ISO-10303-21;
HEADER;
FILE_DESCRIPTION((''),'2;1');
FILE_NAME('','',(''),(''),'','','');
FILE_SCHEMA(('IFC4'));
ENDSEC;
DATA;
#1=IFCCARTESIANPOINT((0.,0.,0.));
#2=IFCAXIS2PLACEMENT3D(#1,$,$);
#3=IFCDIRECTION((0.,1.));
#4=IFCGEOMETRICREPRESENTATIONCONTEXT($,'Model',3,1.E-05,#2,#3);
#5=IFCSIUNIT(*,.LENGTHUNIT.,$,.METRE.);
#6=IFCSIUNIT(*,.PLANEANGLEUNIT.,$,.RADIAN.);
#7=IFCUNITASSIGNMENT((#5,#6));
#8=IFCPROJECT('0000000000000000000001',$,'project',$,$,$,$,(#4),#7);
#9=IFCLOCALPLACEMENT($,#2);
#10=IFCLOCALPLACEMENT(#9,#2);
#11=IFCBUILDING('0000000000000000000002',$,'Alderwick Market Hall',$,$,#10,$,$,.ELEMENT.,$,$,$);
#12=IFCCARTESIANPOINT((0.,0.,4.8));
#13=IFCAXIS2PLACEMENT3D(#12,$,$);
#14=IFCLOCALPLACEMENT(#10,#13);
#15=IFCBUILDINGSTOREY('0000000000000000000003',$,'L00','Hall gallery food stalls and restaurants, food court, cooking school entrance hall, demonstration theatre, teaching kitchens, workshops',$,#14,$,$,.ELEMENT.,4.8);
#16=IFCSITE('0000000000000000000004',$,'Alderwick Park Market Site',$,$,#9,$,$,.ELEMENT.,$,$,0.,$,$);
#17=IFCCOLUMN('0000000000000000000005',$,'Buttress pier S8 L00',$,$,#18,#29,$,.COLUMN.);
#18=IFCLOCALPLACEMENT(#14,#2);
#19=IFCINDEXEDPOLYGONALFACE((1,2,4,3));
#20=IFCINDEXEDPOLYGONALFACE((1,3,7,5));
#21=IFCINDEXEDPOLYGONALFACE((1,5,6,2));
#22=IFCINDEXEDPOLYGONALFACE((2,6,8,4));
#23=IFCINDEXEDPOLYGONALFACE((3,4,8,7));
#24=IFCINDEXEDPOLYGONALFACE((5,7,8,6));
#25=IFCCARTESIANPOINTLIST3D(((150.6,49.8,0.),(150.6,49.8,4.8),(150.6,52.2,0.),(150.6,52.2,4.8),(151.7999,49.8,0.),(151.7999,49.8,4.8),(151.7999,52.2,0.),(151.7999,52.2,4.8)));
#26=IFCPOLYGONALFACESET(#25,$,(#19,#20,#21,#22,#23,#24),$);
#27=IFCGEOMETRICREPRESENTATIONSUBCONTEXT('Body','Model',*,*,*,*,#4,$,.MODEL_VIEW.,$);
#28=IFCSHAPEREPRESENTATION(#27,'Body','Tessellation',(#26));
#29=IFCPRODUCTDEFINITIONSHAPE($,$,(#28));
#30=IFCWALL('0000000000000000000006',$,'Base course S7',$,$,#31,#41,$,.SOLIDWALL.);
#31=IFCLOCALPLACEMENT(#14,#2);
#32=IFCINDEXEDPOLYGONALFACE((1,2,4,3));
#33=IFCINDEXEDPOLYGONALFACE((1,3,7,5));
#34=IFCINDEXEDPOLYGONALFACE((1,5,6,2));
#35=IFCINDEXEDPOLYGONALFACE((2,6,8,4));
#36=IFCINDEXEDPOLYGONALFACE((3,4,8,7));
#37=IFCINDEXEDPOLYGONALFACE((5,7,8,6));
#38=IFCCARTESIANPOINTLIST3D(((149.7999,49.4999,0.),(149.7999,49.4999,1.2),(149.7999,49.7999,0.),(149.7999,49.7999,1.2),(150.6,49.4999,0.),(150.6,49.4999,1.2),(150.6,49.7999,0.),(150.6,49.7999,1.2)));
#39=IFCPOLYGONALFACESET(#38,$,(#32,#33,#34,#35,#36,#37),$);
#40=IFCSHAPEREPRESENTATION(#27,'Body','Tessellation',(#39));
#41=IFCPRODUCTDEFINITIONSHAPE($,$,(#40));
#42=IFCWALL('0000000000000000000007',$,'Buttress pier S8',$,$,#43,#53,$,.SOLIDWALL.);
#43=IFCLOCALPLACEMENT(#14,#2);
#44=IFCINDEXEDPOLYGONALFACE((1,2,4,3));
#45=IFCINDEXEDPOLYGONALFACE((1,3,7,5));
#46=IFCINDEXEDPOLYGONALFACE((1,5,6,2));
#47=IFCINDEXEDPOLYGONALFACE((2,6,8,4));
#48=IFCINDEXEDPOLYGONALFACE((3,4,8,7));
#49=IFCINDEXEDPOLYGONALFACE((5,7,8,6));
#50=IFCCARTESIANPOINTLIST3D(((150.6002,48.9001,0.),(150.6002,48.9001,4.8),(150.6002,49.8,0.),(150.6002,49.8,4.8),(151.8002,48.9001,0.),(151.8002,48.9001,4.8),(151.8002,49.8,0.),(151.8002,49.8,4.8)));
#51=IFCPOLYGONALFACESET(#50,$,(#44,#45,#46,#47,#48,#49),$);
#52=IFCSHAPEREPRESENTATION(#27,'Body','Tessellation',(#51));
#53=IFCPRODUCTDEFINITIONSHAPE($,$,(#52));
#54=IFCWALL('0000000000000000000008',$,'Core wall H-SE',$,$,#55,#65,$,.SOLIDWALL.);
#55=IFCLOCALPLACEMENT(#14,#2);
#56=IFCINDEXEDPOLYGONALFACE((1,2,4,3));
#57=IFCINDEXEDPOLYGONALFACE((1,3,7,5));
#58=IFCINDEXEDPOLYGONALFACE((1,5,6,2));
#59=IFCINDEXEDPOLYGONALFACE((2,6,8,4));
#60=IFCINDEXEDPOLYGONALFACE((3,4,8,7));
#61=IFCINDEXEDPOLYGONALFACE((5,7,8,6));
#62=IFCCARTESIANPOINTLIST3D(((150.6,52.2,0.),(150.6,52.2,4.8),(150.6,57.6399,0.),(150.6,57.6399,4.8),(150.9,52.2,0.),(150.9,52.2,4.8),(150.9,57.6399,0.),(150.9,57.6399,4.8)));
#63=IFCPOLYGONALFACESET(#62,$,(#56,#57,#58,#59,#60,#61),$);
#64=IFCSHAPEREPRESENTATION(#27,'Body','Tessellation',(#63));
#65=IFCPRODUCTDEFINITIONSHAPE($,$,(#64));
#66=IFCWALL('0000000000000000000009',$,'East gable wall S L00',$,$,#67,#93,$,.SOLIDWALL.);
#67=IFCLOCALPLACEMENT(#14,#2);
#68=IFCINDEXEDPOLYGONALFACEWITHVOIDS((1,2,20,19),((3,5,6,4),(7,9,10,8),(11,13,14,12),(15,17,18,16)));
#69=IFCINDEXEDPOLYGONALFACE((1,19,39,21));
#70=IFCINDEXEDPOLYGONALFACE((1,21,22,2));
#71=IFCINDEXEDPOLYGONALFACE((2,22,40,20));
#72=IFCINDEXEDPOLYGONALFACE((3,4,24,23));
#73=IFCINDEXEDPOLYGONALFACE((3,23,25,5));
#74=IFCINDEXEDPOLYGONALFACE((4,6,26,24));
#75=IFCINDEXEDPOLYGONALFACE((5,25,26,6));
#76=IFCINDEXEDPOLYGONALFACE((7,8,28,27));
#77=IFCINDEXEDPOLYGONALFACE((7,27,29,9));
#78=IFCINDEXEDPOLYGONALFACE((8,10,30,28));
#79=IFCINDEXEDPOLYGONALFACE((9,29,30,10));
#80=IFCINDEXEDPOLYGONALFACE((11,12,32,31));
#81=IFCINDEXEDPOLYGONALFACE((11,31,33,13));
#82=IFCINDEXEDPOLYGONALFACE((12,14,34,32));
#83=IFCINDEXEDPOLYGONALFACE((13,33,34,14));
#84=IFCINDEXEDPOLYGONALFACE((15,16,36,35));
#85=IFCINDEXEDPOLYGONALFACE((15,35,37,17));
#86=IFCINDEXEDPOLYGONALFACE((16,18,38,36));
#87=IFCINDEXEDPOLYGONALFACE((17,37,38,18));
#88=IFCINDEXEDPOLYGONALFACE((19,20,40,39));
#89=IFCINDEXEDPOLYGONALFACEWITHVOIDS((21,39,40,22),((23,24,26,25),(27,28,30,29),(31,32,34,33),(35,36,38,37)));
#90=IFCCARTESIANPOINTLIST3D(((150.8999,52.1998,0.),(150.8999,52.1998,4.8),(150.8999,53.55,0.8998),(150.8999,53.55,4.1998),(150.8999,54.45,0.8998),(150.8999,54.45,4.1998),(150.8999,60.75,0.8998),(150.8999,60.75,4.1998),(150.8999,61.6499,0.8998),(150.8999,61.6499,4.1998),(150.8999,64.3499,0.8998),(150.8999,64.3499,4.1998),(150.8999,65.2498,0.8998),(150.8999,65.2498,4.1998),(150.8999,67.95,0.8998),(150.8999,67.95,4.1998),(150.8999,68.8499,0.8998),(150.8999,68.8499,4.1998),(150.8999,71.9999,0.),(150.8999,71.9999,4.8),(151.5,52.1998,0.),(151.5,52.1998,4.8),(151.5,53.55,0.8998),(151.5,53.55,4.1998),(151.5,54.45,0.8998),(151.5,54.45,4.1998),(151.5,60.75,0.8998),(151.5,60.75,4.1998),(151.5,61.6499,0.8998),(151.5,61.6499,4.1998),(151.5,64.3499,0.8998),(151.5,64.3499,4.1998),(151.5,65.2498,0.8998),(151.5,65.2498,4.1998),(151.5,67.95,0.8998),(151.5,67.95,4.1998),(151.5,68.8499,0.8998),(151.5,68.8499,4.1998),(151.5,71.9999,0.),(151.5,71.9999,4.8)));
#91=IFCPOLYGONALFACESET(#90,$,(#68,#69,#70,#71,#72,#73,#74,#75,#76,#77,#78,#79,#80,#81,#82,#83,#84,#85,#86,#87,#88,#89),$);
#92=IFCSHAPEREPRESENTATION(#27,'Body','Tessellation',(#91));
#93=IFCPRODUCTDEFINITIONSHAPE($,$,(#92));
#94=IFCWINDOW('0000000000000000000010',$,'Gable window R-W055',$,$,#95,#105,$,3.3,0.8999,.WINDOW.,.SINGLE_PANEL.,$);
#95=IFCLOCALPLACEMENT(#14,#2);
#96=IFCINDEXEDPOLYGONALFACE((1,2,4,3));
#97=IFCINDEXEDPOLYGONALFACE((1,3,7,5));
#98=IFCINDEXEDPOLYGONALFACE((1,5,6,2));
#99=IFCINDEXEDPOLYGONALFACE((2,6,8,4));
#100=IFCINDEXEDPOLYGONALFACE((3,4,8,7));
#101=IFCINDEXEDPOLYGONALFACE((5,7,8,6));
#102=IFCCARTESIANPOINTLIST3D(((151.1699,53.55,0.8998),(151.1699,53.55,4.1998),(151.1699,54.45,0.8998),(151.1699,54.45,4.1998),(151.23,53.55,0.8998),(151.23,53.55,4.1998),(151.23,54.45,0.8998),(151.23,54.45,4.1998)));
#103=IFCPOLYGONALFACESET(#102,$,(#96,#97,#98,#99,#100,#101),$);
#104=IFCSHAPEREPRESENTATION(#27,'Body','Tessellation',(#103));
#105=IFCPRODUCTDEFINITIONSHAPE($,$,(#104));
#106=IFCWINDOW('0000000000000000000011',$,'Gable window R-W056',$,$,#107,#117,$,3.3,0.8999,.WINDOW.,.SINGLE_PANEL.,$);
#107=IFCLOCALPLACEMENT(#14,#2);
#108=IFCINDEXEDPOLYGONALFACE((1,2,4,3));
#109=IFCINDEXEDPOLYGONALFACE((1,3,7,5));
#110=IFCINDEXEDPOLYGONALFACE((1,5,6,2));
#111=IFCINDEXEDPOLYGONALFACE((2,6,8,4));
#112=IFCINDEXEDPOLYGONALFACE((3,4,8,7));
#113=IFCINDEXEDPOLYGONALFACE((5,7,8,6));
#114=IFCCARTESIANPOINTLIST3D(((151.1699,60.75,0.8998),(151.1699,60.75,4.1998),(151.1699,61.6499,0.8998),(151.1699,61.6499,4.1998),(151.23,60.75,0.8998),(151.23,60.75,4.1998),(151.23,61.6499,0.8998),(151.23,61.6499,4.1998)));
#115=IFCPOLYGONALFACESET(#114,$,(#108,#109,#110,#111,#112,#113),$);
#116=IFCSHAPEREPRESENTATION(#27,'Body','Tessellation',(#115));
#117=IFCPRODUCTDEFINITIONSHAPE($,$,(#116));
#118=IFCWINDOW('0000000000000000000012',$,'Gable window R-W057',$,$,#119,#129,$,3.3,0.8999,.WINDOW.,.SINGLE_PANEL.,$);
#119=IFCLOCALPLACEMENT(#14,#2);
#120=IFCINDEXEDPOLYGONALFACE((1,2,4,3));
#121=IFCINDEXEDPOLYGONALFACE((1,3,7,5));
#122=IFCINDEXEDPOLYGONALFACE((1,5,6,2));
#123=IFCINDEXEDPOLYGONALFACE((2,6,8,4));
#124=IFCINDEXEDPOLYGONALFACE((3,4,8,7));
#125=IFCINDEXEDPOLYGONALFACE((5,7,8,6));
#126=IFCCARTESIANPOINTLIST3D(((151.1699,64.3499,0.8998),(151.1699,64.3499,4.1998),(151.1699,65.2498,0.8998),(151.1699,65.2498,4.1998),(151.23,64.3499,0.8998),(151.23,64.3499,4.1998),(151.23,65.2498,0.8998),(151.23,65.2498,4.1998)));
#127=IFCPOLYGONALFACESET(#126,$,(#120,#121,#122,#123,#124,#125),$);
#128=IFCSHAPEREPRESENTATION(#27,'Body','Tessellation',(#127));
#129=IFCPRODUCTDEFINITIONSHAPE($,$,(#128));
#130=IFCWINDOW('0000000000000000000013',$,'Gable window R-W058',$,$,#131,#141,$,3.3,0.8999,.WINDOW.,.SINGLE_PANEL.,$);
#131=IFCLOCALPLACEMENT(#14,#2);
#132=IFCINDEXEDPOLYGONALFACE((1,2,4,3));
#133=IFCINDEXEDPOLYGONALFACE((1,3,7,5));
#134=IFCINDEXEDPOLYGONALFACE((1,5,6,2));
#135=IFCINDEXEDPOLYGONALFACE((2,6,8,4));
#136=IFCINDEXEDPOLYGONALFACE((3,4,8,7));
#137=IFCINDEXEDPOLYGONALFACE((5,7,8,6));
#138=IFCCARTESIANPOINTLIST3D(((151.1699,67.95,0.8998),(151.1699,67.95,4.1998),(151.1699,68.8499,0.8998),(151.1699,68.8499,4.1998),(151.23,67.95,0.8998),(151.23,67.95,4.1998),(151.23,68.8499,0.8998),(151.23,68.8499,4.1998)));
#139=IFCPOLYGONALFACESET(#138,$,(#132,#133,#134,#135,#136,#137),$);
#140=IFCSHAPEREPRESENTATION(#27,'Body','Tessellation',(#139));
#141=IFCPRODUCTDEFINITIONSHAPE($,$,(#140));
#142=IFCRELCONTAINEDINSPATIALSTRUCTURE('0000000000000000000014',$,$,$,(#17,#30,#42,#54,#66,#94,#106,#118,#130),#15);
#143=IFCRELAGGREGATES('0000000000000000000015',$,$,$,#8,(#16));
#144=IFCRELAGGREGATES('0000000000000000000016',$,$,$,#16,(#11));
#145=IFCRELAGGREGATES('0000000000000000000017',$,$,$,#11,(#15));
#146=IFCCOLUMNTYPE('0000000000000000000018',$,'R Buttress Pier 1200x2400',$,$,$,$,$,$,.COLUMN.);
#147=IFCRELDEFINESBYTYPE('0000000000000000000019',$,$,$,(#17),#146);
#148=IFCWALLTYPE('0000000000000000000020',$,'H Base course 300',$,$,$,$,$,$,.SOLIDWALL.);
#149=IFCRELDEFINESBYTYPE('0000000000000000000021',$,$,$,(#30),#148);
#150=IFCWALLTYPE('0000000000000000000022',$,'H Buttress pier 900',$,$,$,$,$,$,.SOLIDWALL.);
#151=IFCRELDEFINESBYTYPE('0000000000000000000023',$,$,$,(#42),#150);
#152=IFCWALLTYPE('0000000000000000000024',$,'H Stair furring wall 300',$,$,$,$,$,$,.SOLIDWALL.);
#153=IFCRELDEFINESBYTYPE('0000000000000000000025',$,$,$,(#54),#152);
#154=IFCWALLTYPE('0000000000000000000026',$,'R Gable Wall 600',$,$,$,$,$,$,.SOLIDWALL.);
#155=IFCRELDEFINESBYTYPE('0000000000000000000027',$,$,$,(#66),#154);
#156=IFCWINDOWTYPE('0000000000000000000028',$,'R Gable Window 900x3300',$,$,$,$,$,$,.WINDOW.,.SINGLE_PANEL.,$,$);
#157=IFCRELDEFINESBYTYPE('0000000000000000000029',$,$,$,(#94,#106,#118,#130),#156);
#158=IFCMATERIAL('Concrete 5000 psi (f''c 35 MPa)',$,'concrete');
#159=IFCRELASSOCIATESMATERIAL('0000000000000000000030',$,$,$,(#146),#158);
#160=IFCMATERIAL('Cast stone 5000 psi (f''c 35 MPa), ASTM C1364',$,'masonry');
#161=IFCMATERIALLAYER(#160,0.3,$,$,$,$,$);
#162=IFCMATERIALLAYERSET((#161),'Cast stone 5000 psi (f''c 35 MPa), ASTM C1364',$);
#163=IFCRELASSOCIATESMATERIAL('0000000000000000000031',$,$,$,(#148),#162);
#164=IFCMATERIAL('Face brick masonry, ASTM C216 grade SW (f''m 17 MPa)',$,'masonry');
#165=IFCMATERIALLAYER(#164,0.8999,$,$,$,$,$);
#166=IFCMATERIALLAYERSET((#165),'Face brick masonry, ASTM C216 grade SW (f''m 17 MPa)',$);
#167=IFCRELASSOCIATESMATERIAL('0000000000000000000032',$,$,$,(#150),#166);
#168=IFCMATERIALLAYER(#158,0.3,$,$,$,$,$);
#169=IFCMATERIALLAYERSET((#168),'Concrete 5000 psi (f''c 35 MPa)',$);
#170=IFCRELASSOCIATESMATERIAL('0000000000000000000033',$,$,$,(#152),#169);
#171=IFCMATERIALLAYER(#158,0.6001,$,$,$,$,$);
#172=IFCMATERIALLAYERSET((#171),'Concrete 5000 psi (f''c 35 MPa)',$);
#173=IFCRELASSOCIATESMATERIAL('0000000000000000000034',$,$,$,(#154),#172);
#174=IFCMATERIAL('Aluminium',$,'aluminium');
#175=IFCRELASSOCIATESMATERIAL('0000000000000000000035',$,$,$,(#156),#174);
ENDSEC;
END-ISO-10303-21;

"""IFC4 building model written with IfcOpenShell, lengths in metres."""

from ifc_helpers import new_model, si_unit, direction, frame, frame_2d, origin, origin_2d, place, context, subcontext, project, spatial, rectangle, extrude, material, layer, layer_set, material_profile, profile_set, type_object, element, fill, save


model = new_model("IFC4")

# Units and contexts
model_context = context("Model", 3, precision=1e-05, world=origin(), true_north=direction((0.0, 1.0)))
body_context = subcontext(model_context, "Body", "Model", "MODEL_VIEW")
ifc_project = project(units=[si_unit("LENGTHUNIT", "METRE"), si_unit("PLANEANGLEUNIT", "RADIAN")], contexts=[model_context])

# Site, building, storey
site_placement = place(None, origin())
site = spatial("IfcSite", under=ifc_project, at=site_placement, Name="Alderwick Park Market Site", CompositionType="ELEMENT", RefElevation=0.0)
building_placement = place(site_placement, origin())
building = spatial("IfcBuilding", under=site, at=building_placement, Name="Alderwick Market Hall", CompositionType="ELEMENT")
storey_placement = place(building_placement, frame((0.0, 0.0, 4.8)))
storey = spatial("IfcBuildingStorey", under=building, at=storey_placement, Name="L00", Description="Hall gallery food stalls and restaurants, food court, cooking school entrance hall, demonstration theatre, teaching kitchens, workshops", CompositionType="ELEMENT", Elevation=4.8)

# Column
ifc_material_1 = material(Name="Concrete 5000 psi (f'c 35 MPa)", Category="concrete")
ifc_material_profile = material_profile(ifc_material_1, rectangle(XDim=1.2, YDim=2.3999, at=origin_2d()), Name="RC 1200x2400")
ifc_profile_set = profile_set([ifc_material_profile], Name="Concrete 5000 psi (f'c 35 MPa)")
column_type = type_object("IfcColumnType", Name="R Buttress Pier 1200x2400", PredefinedType="COLUMN", material=ifc_profile_set)
column_placement = place(storey_placement, frame((151.2, 51.0, 0.0), z_axis=(0.0, 0.0, 1.0), x_axis=(1.0, 0.0, 0.0)))
element("IfcColumn", 1, at=column_placement, inside=storey, type_object=column_type, Name="Buttress pier S8 L00", PredefinedType="COLUMN", context=body_context, shape_type="SweptSolid", body=[
    extrude(rectangle(XDim=1.2, YDim=2.3999, at=origin_2d()), origin(), (0.0, 0.0, 1.0), 4.8),
])

# Walls
ifc_material_2 = material(Name="Cast stone 5000 psi (f'c 35 MPa), ASTM C1364", Category="masonry")
ifc_layer_1 = layer(ifc_material_2, 0.3)
ifc_layer_set_1 = layer_set([ifc_layer_1], Name="Cast stone 5000 psi (f'c 35 MPa), ASTM C1364")
wall_type_1 = type_object("IfcWallType", Name="H Base course 300", PredefinedType="SOLIDWALL", material=ifc_layer_set_1)
wall_1_placement = place(storey_placement, frame((149.8, 49.6499, 0.0), z_axis=(0.0, 0.0, 1.0), x_axis=(1.0, 0.0, 0.0)))
element("IfcWall", 2, at=wall_1_placement, inside=storey, type_object=wall_type_1, Name="Base course S7", PredefinedType="SOLIDWALL", context=body_context, shape_type="SweptSolid", body=[
    extrude(rectangle(XDim=0.8, YDim=0.3, at=frame_2d((0.3999, 0.0))), origin(), (0.0, 0.0, 1.0), 1.2),
])
ifc_material_3 = material(Name="Face brick masonry, ASTM C216 grade SW (f'm 17 MPa)", Category="masonry")
ifc_layer_2 = layer(ifc_material_3, 0.8999)
ifc_layer_set_2 = layer_set([ifc_layer_2], Name="Face brick masonry, ASTM C216 grade SW (f'm 17 MPa)")
wall_type_2 = type_object("IfcWallType", Name="H Buttress pier 900", PredefinedType="SOLIDWALL", material=ifc_layer_set_2)
wall_2_placement = place(storey_placement, frame((150.6001, 49.3501, 0.0), z_axis=(0.0, 0.0, 1.0), x_axis=(1.0, 0.0, 0.0)))
element("IfcWall", 3, at=wall_2_placement, inside=storey, type_object=wall_type_2, Name="Buttress pier S8", PredefinedType="SOLIDWALL", context=body_context, shape_type="SweptSolid", body=[
    extrude(rectangle(XDim=1.2, YDim=0.8999, at=frame_2d((0.6001, 0.0))), origin(), (0.0, 0.0, 1.0), 4.8),
])
ifc_layer_3 = layer(ifc_material_1, 0.3)
ifc_layer_set_3 = layer_set([ifc_layer_3], Name="Concrete 5000 psi (f'c 35 MPa)")
wall_type_3 = type_object("IfcWallType", Name="H Stair furring wall 300", PredefinedType="SOLIDWALL", material=ifc_layer_set_3)
wall_3_placement = place(storey_placement, frame((150.75, 52.2, 0.0), z_axis=(0.0, 0.0, 1.0), x_axis=(0.0, 1.0, 0.0)))
element("IfcWall", 4, at=wall_3_placement, inside=storey, type_object=wall_type_3, Name="Core wall H-SE", PredefinedType="SOLIDWALL", context=body_context, shape_type="SweptSolid", body=[
    extrude(rectangle(XDim=5.4399, YDim=0.3, at=frame_2d((2.72, 0.0))), origin(), (0.0, 0.0, 1.0), 4.8),
])

# Wall, openings, windows
ifc_layer_4 = layer(ifc_material_1, 0.6001)
ifc_layer_set_4 = layer_set([ifc_layer_4], Name="Concrete 5000 psi (f'c 35 MPa)")
wall_type_4 = type_object("IfcWallType", Name="R Gable Wall 600", PredefinedType="SOLIDWALL", material=ifc_layer_set_4)
wall_4_placement = place(storey_placement, frame((151.2, 52.2, 0.0), z_axis=(0.0, 0.0, 1.0), x_axis=(0.0, 1.0, 0.0)))
wall_4 = element("IfcWall", 5, at=wall_4_placement, inside=storey, type_object=wall_type_4, Name="East gable wall S L00", PredefinedType="SOLIDWALL", context=body_context, shape_type="SweptSolid", body=[
    extrude(rectangle(XDim=19.8, YDim=0.6001, at=frame_2d((9.8999, 0.0))), origin(), (0.0, 0.0, 1.0), 4.8),
])
opening_1_placement = place(wall_4_placement, frame((1.3501, 0.0, 0.8999)))
opening_1 = element("IfcOpeningElement", 6, at=opening_1_placement, cuts=wall_4, PredefinedType="OPENING", context=body_context, shape_type="SweptSolid", body=[
    extrude(rectangle(XDim=0.8999, YDim=3.3, at=frame_2d((0.45, 1.6499))), frame((0.0, 0.3101, 0.0), z_axis=(0.0, -1.0, 0.0), x_axis=(1.0, 0.0, 0.0)), (0.0, 0.0, 1.0), 0.6201),
])
opening_2_placement = place(wall_4_placement, frame((8.55, 0.0, 0.8999)))
opening_2 = element("IfcOpeningElement", 7, at=opening_2_placement, cuts=wall_4, PredefinedType="OPENING", context=body_context, shape_type="SweptSolid", body=[
    extrude(rectangle(XDim=0.8999, YDim=3.3, at=frame_2d((0.45, 1.6499))), frame((0.0, 0.3101, 0.0), z_axis=(0.0, -1.0, 0.0), x_axis=(1.0, 0.0, 0.0)), (0.0, 0.0, 1.0), 0.6201),
])
opening_3_placement = place(wall_4_placement, frame((12.1499, 0.0, 0.8999)))
opening_3 = element("IfcOpeningElement", 8, at=opening_3_placement, cuts=wall_4, PredefinedType="OPENING", context=body_context, shape_type="SweptSolid", body=[
    extrude(rectangle(XDim=0.8999, YDim=3.3, at=frame_2d((0.45, 1.6499))), frame((0.0, 0.3101, 0.0), z_axis=(0.0, -1.0, 0.0), x_axis=(1.0, 0.0, 0.0)), (0.0, 0.0, 1.0), 0.6201),
])
opening_4_placement = place(wall_4_placement, frame((15.75, 0.0, 0.8999)))
opening_4 = element("IfcOpeningElement", 9, at=opening_4_placement, cuts=wall_4, PredefinedType="OPENING", context=body_context, shape_type="SweptSolid", body=[
    extrude(rectangle(XDim=0.8999, YDim=3.3, at=frame_2d((0.45, 1.6499))), frame((0.0, 0.3101, 0.0), z_axis=(0.0, -1.0, 0.0), x_axis=(1.0, 0.0, 0.0)), (0.0, 0.0, 1.0), 0.6201),
])
ifc_material_4 = material(Name="Aluminium", Category="aluminium")
window_type = type_object("IfcWindowType", Name="R Gable Window 900x3300", PartitioningType="SINGLE_PANEL", PredefinedType="WINDOW", material=ifc_material_4)
window_1_placement = place(opening_1_placement, origin())
window_1 = element("IfcWindow", 10, at=window_1_placement, inside=storey, type_object=window_type, Name="Gable window R-W055", OverallHeight=3.3, OverallWidth=0.8999, PartitioningType="SINGLE_PANEL", PredefinedType="WINDOW", context=body_context, shape_type="SweptSolid", body=[
    extrude(rectangle(XDim=0.8999, YDim=3.3, at=frame_2d((0.45, 1.6499))), frame((0.0, 0.03, 0.0), z_axis=(0.0, -1.0, 0.0), x_axis=(1.0, 0.0, 0.0)), (0.0, 0.0, 1.0), 0.0601),
])
fill(opening_1, window_1)
window_2_placement = place(opening_2_placement, origin())
window_2 = element("IfcWindow", 11, at=window_2_placement, inside=storey, type_object=window_type, Name="Gable window R-W056", OverallHeight=3.3, OverallWidth=0.8999, PartitioningType="SINGLE_PANEL", PredefinedType="WINDOW", context=body_context, shape_type="SweptSolid", body=[
    extrude(rectangle(XDim=0.8999, YDim=3.3, at=frame_2d((0.45, 1.6499))), frame((0.0, 0.03, 0.0), z_axis=(0.0, -1.0, 0.0), x_axis=(1.0, 0.0, 0.0)), (0.0, 0.0, 1.0), 0.0601),
])
fill(opening_2, window_2)
window_3_placement = place(opening_3_placement, origin())
window_3 = element("IfcWindow", 12, at=window_3_placement, inside=storey, type_object=window_type, Name="Gable window R-W057", OverallHeight=3.3, OverallWidth=0.8999, PartitioningType="SINGLE_PANEL", PredefinedType="WINDOW", context=body_context, shape_type="SweptSolid", body=[
    extrude(rectangle(XDim=0.8999, YDim=3.3, at=frame_2d((0.45, 1.6499))), frame((0.0, 0.03, 0.0), z_axis=(0.0, -1.0, 0.0), x_axis=(1.0, 0.0, 0.0)), (0.0, 0.0, 1.0), 0.0601),
])
fill(opening_3, window_3)
window_4_placement = place(opening_4_placement, origin())
window_4 = element("IfcWindow", 13, at=window_4_placement, inside=storey, type_object=window_type, Name="Gable window R-W058", OverallHeight=3.3, OverallWidth=0.8999, PartitioningType="SINGLE_PANEL", PredefinedType="WINDOW", context=body_context, shape_type="SweptSolid", body=[
    extrude(rectangle(XDim=0.8999, YDim=3.3, at=frame_2d((0.45, 1.6499))), frame((0.0, 0.03, 0.0), z_axis=(0.0, -1.0, 0.0), x_axis=(1.0, 0.0, 0.0)), (0.0, 0.0, 1.0), 0.0601),
])
fill(opening_4, window_4)

save(model, "model.ifc")
